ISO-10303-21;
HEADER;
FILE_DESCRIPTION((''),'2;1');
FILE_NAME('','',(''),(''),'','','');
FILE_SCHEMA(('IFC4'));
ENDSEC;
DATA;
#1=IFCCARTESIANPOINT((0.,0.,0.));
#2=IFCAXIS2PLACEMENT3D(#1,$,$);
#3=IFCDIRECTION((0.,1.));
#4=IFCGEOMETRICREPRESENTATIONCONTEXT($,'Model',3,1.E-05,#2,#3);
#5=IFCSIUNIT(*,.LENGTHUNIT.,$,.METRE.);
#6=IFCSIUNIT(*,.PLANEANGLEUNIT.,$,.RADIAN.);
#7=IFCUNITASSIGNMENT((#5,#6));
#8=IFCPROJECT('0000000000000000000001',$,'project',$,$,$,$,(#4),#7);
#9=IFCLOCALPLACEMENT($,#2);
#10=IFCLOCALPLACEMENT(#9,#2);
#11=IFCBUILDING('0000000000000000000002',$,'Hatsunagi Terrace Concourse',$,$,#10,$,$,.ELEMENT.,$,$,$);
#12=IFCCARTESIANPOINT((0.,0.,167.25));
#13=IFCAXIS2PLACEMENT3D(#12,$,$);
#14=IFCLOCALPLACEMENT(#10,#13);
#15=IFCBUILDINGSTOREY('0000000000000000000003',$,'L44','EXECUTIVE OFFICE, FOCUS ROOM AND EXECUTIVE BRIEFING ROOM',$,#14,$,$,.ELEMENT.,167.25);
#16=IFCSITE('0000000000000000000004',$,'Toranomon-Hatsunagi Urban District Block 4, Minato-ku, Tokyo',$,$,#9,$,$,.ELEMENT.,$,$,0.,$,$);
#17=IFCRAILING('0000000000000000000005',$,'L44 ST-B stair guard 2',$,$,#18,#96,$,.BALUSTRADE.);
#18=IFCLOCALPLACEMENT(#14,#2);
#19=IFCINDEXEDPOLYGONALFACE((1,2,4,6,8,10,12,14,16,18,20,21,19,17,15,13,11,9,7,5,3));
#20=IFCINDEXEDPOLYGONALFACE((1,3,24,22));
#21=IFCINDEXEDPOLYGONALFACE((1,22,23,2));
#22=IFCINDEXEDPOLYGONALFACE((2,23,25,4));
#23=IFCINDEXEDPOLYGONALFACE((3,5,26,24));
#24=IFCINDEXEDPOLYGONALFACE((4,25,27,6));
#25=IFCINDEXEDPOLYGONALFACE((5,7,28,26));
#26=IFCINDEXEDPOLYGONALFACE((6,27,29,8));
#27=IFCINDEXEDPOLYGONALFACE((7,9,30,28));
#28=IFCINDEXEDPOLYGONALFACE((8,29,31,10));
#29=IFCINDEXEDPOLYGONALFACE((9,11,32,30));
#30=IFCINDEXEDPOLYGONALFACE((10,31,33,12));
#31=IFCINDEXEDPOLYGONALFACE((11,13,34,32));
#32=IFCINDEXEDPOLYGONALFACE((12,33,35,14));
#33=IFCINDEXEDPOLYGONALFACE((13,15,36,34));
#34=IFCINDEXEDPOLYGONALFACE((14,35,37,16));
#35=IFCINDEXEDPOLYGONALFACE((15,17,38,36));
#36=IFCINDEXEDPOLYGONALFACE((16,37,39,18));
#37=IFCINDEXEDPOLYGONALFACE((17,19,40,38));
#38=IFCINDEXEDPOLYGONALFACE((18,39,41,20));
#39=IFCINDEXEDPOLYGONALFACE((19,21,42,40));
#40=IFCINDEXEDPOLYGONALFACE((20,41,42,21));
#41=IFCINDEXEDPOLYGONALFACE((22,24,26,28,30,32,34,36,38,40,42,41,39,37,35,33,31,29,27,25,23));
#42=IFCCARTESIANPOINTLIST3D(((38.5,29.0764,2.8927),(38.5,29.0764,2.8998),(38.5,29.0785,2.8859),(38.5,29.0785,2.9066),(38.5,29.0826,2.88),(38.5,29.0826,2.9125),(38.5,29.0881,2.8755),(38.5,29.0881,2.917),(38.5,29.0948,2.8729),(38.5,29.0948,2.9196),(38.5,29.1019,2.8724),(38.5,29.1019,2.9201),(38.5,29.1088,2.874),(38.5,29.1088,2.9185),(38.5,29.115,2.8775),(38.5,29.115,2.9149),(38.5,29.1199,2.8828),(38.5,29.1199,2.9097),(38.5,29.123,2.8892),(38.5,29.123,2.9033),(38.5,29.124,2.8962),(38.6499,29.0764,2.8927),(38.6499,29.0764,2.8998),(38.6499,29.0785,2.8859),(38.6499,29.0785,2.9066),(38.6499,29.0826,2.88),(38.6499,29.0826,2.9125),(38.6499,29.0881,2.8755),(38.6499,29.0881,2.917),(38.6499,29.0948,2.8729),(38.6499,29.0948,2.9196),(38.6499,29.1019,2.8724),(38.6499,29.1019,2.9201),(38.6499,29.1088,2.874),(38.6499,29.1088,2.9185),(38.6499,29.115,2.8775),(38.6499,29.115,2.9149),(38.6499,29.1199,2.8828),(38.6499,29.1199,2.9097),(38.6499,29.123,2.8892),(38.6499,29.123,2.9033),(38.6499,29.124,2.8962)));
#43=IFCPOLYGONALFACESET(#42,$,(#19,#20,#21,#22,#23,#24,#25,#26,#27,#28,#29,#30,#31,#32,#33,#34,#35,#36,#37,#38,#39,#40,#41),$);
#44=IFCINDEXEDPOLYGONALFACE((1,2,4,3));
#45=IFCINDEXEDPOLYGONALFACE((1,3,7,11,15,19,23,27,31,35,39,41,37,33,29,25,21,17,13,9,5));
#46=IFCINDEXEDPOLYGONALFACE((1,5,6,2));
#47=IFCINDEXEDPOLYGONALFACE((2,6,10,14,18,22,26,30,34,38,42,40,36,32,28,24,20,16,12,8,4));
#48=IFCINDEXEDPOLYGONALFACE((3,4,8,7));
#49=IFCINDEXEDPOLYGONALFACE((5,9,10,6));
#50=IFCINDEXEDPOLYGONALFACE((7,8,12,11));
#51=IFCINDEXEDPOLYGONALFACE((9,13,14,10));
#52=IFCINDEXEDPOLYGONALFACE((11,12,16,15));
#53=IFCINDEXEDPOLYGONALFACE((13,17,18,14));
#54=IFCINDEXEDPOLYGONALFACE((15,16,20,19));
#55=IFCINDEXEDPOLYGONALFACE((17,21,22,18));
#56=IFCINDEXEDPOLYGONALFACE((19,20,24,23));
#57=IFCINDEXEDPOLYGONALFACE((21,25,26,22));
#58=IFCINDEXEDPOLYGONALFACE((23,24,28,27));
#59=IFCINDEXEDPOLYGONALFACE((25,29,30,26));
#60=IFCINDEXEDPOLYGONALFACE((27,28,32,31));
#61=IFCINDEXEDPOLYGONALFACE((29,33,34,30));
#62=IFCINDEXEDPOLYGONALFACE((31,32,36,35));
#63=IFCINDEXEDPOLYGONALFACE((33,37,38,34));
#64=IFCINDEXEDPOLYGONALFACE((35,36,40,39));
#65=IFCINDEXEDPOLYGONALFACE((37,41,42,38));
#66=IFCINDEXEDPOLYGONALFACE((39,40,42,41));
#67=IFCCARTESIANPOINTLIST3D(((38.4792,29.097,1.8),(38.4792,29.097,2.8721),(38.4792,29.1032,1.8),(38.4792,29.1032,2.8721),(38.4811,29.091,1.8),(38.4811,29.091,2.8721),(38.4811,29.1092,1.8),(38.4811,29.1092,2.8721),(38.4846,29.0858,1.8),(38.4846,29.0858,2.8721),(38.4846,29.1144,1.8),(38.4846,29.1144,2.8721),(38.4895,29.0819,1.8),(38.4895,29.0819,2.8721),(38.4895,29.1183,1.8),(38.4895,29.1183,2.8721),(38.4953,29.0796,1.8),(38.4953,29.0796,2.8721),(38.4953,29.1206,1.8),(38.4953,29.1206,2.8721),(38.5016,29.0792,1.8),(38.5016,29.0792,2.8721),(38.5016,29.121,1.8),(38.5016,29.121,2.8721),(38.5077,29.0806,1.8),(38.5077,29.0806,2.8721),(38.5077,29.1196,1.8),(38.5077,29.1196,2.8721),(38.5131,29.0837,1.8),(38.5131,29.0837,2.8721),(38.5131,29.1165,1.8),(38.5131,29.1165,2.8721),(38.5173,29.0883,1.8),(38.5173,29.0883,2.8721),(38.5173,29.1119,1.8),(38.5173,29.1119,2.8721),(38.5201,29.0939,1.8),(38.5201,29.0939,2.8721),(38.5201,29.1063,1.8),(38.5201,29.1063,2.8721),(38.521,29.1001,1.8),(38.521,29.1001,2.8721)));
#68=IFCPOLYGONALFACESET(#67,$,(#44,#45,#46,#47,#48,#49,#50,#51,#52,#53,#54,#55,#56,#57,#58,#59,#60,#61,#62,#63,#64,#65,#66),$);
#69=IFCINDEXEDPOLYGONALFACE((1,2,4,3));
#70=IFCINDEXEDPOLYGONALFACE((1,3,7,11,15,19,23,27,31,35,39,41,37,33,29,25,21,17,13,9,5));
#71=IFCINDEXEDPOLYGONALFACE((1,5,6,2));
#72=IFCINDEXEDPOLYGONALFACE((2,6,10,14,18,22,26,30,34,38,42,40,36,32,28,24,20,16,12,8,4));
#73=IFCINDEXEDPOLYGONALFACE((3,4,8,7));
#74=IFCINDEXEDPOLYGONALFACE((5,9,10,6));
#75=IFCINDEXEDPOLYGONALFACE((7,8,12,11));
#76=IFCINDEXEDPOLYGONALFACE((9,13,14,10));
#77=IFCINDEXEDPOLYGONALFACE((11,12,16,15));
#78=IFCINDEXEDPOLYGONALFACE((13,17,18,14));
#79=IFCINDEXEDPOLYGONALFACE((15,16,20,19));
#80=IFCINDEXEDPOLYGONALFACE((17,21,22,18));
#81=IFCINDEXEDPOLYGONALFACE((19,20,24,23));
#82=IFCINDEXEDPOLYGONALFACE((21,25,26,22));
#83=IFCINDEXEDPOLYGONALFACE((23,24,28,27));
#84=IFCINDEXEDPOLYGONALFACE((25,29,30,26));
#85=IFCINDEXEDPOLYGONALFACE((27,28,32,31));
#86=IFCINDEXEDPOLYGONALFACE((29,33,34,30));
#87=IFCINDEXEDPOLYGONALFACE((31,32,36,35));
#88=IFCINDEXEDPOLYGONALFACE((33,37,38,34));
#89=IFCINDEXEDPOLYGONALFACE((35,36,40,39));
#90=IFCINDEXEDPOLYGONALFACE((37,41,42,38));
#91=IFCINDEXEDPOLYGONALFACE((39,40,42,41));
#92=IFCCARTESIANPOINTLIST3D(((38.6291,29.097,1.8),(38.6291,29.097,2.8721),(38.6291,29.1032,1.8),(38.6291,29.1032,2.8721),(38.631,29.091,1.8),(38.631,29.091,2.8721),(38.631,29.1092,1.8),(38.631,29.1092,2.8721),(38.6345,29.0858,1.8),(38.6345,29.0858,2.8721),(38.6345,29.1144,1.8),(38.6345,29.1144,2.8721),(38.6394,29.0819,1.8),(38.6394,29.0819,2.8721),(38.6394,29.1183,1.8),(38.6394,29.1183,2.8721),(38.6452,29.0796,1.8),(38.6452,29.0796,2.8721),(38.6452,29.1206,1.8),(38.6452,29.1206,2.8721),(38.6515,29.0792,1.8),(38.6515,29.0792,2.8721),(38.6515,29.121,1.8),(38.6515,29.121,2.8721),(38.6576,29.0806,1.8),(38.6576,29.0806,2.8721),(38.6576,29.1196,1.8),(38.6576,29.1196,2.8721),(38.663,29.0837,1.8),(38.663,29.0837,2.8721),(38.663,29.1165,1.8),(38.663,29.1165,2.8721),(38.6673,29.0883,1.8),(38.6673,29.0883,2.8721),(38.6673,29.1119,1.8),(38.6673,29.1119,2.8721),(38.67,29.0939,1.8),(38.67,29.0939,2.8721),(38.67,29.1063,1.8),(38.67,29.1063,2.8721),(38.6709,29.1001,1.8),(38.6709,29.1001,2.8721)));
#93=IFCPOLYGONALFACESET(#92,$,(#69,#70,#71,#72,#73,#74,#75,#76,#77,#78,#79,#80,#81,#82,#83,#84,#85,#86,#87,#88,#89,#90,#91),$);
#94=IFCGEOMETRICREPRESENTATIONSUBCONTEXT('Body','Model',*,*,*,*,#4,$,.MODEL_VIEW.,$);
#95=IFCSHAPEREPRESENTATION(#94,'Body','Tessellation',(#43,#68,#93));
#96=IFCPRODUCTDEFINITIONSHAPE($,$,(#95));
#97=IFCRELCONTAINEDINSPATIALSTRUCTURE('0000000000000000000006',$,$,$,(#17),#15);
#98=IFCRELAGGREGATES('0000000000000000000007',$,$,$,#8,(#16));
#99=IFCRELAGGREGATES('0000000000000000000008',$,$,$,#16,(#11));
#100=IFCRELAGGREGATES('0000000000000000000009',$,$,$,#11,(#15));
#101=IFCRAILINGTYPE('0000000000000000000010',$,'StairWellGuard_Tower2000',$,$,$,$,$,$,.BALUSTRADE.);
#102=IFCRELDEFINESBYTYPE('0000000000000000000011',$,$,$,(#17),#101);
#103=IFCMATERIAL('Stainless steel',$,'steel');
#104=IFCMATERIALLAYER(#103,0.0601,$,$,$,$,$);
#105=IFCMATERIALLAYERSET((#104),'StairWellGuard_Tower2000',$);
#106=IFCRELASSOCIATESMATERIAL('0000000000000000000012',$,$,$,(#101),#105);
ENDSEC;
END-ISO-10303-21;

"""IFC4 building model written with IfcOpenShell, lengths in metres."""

from ifc_helpers import new_model, si_unit, direction, frame, origin, origin_2d, place, context, subcontext, project, spatial, circle, extrude, material, layer, layer_set, type_object, element, save


model = new_model("IFC4")

# Units and contexts
model_context = context("Model", 3, precision=1e-05, world=origin(), true_north=direction((0.0, 1.0)))
body_context = subcontext(model_context, "Body", "Model", "MODEL_VIEW")
ifc_project = project(units=[si_unit("LENGTHUNIT", "METRE"), si_unit("PLANEANGLEUNIT", "RADIAN")], contexts=[model_context])

# Site, building, storey
site_placement = place(None, origin())
site = spatial("IfcSite", under=ifc_project, at=site_placement, Name="Toranomon-Hatsunagi Urban District Block 4, Minato-ku, Tokyo", CompositionType="ELEMENT", RefElevation=0.0)
building_placement = place(site_placement, origin())
building = spatial("IfcBuilding", under=site, at=building_placement, Name="Hatsunagi Terrace Concourse", CompositionType="ELEMENT")
storey_placement = place(building_placement, frame((0.0, 0.0, 167.25)))
storey = spatial("IfcBuildingStorey", under=building, at=storey_placement, Name="L44", Description="EXECUTIVE OFFICE, FOCUS ROOM AND EXECUTIVE BRIEFING ROOM", CompositionType="ELEMENT", Elevation=167.25)

# Railing
ifc_material_1 = material(Name="Stainless steel", Category="steel")
ifc_layer_1 = layer(ifc_material_1, 0.0601)
ifc_layer_set_1 = layer_set([ifc_layer_1], Name="StairWellGuard_Tower2000")
railing_type = type_object("IfcRailingType", Name="StairWellGuard_Tower2000", PredefinedType="BALUSTRADE", material=ifc_layer_set_1)
railing_placement = place(storey_placement, frame((38.5, 29.1001, 1.8)))
element("IfcRailing", 1, at=railing_placement, inside=storey, type_object=railing_type, Name="L44 ST-B stair guard 2", PredefinedType="BALUSTRADE", context=body_context, shape_type="SweptSolid", body=[
    extrude(circle(Radius=0.0239, at=origin_2d()), frame((0.0, 0.0, 1.0962), z_axis=(1.0, 0.0, 0.0), x_axis=(0.0, 1.0, 0.0)), (0.0, 0.0, 1.0), 0.1499),
    extrude(circle(Radius=0.021, at=origin_2d()), origin(), (0.0, 0.0, 1.0), 1.072),
    extrude(circle(Radius=0.021, at=origin_2d()), frame((0.1499, 0.0, 0.0)), (0.0, 0.0, 1.0), 1.072),
])

save(model, "model.ifc")
